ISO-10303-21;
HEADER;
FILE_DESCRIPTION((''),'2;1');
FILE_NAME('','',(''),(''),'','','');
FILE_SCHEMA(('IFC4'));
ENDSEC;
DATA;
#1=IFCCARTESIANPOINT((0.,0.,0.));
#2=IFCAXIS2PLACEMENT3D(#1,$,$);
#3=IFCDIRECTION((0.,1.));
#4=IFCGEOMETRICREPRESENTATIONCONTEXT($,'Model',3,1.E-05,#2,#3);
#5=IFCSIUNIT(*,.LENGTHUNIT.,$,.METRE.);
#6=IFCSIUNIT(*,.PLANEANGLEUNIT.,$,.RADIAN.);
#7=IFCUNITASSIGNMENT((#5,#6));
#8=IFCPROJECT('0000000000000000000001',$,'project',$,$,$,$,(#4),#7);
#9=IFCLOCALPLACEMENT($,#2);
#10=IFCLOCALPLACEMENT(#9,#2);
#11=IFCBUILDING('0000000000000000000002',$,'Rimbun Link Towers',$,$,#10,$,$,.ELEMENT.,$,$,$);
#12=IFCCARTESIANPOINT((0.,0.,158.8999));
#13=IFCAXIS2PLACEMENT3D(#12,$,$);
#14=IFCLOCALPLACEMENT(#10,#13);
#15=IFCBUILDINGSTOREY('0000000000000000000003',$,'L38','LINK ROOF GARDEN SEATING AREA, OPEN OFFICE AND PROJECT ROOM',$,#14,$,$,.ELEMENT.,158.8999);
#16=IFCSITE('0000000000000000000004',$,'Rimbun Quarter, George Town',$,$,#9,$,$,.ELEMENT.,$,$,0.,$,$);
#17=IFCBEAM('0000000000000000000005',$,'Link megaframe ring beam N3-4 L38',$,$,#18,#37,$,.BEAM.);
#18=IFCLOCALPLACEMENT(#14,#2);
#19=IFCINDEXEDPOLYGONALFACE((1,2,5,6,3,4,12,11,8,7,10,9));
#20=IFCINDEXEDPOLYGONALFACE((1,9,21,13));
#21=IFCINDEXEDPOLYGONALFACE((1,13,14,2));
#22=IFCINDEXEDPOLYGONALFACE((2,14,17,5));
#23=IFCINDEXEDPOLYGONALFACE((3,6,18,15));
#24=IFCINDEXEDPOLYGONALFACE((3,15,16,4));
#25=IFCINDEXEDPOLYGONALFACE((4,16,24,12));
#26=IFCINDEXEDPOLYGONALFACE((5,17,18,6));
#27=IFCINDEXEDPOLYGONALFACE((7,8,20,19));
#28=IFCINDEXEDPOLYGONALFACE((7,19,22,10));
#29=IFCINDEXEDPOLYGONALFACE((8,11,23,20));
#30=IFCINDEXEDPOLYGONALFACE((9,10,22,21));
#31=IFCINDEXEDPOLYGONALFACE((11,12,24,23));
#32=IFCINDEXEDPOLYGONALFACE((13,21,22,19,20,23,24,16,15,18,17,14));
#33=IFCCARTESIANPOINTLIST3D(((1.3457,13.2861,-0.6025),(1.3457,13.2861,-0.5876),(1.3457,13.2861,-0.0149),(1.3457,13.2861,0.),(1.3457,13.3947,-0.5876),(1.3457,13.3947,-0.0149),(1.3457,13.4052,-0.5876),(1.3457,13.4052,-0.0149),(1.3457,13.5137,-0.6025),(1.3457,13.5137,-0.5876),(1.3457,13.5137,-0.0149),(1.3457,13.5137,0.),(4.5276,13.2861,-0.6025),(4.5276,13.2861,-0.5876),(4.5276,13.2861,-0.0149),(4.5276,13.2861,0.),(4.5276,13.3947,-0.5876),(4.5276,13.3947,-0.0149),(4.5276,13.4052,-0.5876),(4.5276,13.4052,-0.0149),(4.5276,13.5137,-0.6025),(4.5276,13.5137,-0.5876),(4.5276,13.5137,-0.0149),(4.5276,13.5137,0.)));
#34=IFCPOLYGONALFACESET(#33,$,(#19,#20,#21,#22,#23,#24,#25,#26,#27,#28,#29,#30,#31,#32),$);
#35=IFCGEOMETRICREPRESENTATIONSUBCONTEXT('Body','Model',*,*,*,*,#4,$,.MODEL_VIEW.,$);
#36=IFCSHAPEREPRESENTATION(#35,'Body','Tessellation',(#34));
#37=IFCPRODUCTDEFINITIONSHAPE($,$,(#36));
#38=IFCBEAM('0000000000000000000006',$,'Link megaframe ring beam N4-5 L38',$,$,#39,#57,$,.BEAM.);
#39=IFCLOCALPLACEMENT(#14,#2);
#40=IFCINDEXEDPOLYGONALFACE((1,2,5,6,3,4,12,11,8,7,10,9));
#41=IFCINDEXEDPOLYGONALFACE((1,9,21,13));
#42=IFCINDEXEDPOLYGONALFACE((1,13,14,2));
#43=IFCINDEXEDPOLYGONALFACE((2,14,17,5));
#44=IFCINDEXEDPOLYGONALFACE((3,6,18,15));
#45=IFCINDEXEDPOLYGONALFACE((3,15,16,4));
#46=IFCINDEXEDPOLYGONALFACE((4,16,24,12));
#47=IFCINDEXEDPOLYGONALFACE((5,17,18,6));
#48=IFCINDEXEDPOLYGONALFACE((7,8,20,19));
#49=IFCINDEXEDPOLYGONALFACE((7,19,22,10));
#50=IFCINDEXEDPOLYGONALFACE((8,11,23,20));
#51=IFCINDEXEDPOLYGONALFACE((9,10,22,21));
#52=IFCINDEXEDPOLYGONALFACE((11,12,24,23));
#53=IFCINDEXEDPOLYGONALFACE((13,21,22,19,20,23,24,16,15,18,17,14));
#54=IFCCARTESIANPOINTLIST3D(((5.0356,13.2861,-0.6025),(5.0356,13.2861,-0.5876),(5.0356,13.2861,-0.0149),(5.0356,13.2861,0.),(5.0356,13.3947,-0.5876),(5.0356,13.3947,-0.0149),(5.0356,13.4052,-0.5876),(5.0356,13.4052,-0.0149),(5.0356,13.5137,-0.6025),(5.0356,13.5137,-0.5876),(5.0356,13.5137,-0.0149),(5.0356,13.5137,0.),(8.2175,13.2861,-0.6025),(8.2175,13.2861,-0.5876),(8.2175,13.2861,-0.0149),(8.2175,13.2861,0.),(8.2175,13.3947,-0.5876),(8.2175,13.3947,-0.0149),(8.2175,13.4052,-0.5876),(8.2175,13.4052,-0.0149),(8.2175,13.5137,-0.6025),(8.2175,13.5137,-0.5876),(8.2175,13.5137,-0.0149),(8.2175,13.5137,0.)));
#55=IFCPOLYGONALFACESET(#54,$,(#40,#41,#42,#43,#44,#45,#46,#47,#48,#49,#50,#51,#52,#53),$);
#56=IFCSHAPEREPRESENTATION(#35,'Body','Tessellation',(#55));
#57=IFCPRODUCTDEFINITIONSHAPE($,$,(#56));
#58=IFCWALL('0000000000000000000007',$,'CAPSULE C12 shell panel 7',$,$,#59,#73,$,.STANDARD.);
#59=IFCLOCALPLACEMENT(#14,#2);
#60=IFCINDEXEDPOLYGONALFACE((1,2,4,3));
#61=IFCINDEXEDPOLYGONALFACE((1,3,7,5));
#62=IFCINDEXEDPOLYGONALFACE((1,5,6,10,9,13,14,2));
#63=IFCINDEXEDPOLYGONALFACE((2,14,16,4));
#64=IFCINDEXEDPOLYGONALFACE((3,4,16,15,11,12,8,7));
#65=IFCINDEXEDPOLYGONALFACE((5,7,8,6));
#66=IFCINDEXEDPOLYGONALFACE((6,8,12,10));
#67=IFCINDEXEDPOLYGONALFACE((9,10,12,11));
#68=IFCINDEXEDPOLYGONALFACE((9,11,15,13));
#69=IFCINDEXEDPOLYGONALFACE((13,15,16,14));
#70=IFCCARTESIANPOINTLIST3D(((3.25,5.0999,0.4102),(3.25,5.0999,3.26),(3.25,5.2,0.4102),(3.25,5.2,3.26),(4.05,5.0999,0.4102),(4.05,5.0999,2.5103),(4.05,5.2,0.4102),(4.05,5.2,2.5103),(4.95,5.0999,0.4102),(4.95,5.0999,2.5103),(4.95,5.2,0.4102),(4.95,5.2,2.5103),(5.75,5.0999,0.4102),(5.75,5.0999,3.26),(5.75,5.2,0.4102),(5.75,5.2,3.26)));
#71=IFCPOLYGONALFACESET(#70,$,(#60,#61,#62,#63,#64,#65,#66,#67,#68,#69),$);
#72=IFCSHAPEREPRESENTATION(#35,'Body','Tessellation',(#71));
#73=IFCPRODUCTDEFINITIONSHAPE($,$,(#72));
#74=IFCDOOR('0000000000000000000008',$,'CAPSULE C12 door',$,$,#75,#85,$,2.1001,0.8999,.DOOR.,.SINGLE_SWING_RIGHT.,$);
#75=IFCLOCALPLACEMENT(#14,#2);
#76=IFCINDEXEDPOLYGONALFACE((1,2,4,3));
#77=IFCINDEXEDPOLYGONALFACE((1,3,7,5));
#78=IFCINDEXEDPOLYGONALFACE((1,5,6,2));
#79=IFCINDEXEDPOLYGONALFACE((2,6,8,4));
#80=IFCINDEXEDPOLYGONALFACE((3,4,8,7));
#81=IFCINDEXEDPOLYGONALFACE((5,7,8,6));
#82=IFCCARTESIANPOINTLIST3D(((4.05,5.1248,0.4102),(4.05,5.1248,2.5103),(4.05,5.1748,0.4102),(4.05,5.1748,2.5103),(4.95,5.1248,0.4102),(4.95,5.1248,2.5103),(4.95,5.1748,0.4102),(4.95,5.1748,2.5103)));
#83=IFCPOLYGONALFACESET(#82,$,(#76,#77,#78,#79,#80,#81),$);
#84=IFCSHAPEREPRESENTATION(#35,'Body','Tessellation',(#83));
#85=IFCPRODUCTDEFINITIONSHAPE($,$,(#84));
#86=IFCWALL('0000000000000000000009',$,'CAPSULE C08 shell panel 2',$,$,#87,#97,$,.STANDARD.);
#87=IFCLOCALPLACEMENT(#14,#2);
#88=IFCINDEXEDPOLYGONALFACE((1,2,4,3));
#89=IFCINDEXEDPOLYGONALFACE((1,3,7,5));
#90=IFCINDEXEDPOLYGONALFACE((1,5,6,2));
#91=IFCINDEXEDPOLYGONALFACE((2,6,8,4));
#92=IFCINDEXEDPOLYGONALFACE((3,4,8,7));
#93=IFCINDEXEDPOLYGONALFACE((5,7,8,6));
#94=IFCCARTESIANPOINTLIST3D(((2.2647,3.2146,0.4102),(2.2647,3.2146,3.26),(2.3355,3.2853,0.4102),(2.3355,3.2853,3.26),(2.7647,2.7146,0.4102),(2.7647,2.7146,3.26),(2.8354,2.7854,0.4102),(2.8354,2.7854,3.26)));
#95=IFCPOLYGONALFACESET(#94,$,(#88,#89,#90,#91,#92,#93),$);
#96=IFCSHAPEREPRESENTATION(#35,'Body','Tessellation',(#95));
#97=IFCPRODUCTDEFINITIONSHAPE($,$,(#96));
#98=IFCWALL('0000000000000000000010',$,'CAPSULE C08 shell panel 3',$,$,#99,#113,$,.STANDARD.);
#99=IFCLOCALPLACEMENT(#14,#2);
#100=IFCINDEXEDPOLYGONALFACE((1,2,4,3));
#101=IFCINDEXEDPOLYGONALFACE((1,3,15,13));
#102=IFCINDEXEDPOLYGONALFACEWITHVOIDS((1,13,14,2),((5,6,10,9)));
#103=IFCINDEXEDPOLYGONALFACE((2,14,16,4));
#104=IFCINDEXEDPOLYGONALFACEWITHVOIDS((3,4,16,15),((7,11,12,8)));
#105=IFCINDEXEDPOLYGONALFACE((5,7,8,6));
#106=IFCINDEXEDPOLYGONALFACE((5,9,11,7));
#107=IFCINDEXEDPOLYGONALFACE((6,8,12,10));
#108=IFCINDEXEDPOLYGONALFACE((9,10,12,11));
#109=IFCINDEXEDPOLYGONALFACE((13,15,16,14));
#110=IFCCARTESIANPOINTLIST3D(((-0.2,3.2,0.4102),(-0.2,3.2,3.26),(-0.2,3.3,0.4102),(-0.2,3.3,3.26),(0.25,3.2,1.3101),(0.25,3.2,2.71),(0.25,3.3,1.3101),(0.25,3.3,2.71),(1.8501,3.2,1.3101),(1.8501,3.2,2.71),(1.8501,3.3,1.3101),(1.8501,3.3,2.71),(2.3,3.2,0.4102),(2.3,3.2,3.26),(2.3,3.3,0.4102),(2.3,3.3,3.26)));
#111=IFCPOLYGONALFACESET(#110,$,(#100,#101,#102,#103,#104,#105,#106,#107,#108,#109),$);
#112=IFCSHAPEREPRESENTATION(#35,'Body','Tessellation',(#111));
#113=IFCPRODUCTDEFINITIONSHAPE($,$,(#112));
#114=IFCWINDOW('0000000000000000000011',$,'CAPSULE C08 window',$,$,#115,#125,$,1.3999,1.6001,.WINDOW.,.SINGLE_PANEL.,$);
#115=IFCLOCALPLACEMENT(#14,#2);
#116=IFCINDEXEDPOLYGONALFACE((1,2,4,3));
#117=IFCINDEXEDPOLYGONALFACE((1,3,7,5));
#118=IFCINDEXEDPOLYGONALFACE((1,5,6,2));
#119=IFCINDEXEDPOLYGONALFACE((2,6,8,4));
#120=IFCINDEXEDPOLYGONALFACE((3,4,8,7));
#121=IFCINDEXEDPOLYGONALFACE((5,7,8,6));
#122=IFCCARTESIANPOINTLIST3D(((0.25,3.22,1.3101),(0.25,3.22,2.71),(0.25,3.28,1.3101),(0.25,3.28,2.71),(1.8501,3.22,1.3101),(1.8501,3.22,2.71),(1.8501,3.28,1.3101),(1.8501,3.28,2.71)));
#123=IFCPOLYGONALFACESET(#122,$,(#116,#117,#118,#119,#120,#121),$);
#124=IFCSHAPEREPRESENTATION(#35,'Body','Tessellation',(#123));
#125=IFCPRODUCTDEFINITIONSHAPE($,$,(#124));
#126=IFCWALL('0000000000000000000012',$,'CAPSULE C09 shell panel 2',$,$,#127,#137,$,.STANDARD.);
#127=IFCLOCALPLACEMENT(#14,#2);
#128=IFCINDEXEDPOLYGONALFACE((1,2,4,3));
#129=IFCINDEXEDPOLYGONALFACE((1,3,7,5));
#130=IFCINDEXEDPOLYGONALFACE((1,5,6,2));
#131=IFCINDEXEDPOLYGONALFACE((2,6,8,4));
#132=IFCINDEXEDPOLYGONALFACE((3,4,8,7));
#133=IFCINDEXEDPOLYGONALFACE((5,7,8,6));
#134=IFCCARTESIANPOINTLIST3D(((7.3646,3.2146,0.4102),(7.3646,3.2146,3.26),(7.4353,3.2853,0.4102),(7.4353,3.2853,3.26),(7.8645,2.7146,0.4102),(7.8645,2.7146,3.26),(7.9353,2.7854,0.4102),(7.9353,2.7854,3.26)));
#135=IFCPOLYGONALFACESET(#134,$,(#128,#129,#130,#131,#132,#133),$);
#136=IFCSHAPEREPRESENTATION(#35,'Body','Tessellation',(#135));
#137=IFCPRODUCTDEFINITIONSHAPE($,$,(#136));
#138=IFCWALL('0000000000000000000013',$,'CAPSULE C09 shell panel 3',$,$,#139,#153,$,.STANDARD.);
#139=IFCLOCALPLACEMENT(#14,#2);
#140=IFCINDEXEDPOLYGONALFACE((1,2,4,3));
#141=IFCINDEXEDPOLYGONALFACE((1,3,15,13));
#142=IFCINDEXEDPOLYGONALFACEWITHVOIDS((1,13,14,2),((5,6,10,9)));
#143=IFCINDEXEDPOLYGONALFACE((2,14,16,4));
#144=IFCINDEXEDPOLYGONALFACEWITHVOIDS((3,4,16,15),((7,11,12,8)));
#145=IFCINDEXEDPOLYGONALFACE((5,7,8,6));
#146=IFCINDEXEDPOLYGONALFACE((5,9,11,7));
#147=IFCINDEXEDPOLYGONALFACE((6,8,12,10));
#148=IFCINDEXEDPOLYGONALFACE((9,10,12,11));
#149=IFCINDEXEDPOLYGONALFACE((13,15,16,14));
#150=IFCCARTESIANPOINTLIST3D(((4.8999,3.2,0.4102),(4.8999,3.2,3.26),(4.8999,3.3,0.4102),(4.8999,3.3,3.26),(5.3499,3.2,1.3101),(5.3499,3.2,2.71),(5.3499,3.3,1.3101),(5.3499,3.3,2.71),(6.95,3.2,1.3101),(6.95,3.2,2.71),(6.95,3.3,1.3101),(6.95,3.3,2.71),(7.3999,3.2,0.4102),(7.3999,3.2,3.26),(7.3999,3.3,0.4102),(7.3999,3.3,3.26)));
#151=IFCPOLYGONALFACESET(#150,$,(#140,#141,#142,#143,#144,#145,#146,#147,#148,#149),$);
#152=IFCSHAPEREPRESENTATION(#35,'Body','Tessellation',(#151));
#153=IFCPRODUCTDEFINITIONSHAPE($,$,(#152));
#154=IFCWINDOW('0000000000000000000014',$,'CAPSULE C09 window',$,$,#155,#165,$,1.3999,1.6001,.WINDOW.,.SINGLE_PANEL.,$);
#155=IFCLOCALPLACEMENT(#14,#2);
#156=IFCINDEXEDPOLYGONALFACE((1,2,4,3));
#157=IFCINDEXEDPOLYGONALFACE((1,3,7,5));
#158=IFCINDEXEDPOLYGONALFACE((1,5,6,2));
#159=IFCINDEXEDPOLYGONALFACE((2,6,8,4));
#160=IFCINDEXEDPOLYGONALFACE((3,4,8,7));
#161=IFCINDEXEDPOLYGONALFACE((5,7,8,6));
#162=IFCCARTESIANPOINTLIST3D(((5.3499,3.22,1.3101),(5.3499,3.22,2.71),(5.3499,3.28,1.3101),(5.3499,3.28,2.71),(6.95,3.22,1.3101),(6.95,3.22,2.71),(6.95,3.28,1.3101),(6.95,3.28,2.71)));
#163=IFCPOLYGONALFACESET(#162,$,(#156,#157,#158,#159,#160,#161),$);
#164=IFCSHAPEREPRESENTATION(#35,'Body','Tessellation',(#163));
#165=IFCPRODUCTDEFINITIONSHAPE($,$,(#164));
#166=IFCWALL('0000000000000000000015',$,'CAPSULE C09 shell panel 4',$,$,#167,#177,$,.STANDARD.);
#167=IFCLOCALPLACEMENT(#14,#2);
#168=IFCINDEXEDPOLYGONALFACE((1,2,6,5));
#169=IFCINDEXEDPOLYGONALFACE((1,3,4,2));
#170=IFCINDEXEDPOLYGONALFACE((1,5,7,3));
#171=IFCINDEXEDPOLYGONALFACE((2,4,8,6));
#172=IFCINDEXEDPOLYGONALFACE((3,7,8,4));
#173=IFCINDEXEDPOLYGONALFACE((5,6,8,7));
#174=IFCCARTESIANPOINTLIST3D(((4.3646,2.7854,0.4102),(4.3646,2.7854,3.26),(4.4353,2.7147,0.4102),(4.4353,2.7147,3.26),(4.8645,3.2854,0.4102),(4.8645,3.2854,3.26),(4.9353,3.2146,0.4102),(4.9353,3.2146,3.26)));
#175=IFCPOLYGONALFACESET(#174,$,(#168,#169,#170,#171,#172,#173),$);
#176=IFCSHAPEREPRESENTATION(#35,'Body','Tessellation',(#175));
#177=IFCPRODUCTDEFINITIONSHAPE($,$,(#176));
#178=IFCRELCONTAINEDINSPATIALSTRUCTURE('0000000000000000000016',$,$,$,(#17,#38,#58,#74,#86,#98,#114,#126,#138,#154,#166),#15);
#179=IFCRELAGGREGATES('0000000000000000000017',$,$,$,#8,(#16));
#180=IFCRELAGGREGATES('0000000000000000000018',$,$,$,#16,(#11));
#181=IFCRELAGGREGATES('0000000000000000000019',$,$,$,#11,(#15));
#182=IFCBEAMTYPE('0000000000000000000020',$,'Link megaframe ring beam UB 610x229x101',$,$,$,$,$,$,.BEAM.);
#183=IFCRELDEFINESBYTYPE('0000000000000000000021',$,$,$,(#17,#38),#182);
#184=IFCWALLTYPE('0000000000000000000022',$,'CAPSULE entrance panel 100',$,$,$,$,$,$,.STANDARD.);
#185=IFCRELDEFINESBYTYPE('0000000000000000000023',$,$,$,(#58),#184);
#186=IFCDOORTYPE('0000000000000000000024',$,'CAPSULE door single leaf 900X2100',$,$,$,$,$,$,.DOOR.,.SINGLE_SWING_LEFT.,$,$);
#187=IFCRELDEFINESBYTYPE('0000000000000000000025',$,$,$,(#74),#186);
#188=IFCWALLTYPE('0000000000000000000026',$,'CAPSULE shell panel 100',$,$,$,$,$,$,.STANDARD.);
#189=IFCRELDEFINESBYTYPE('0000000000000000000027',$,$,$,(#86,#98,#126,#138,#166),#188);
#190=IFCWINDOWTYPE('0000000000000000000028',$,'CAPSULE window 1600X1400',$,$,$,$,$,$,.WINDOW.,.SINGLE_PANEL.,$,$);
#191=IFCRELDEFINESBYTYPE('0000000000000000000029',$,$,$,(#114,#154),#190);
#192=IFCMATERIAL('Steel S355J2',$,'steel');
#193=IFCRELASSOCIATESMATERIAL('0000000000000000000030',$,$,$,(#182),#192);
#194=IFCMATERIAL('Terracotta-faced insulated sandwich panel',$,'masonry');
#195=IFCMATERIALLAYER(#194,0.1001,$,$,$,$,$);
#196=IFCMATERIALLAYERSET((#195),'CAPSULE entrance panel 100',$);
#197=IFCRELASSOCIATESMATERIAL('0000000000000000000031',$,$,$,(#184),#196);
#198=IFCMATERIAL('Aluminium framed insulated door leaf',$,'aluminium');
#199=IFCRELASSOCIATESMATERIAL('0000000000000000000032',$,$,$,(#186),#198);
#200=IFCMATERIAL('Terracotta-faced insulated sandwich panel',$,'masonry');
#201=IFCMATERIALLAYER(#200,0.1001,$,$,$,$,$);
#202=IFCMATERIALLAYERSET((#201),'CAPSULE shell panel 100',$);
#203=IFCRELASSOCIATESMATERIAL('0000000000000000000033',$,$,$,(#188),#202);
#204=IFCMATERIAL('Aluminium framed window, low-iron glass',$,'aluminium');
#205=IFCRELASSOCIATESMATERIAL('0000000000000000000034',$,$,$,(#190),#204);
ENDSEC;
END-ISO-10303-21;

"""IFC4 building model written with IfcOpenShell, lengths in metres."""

from ifc_helpers import new_model, si_unit, direction, frame, frame_2d, origin, origin_2d, place, context, subcontext, project, spatial, rectangle, i_section, extrude, material, layer, layer_set, material_profile, profile_set, type_object, element, fill, save


model = new_model("IFC4")

# Units and contexts
model_context = context("Model", 3, precision=1e-05, world=origin(), true_north=direction((0.0, 1.0)))
body_context = subcontext(model_context, "Body", "Model", "MODEL_VIEW")
ifc_project = project(units=[si_unit("LENGTHUNIT", "METRE"), si_unit("PLANEANGLEUNIT", "RADIAN")], contexts=[model_context])

# Site, building, storey
site_placement = place(None, origin())
site = spatial("IfcSite", under=ifc_project, at=site_placement, Name="Rimbun Quarter, George Town", CompositionType="ELEMENT", RefElevation=0.0)
building_placement = place(site_placement, origin())
building = spatial("IfcBuilding", under=site, at=building_placement, Name="Rimbun Link Towers", CompositionType="ELEMENT")
storey_placement = place(building_placement, frame((0.0, 0.0, 158.8999)))
storey = spatial("IfcBuildingStorey", under=building, at=storey_placement, Name="L38", Description="LINK ROOF GARDEN SEATING AREA, OPEN OFFICE AND PROJECT ROOM", CompositionType="ELEMENT", Elevation=158.8999)

# Beams
ifc_material_1 = material(Name="Steel S355J2", Category="steel")
ifc_material_profile = material_profile(ifc_material_1, i_section(OverallWidth=0.2275, OverallDepth=0.6025, WebThickness=0.0105, FlangeThickness=0.0149, at=origin_2d()), Name="UB 610x229x101")
ifc_profile_set = profile_set([ifc_material_profile], Name="Steel S355J2")
beam_type = type_object("IfcBeamType", Name="Link megaframe ring beam UB 610x229x101", PredefinedType="BEAM", material=ifc_profile_set)
for number, where, z_axis, x_axis, name in (
    (1, (1.3457, 13.3999, -0.3013), (1.0, 0.0, 0.0), (0.0, 1.0, 0.0), "Link megaframe ring beam N3-4 L38"),
    (2, (5.0356, 13.3999, -0.3013), (1.0, 0.0, 0.0), (0.0, 1.0, 0.0), "Link megaframe ring beam N4-5 L38"),
):
    element("IfcBeam", number, at=place(storey_placement, frame(where, z_axis=z_axis, x_axis=x_axis)), inside=storey, type_object=beam_type, Name=name, PredefinedType="BEAM", context=body_context, shape_type="SweptSolid", body=[
        extrude(i_section(OverallWidth=0.2275, OverallDepth=0.6025, WebThickness=0.0105, FlangeThickness=0.0149, at=origin_2d()), origin(), (0.0, 0.0, 1.0), 3.1819),
    ])

# Wall, opening, door
ifc_material_2 = material(Name="Terracotta-faced insulated sandwich panel", Category="masonry")
ifc_layer_1 = layer(ifc_material_2, 0.1001)
ifc_layer_set_1 = layer_set([ifc_layer_1], Name="CAPSULE entrance panel 100")
wall_type_1 = type_object("IfcWallType", Name="CAPSULE entrance panel 100", PredefinedType="STANDARD", material=ifc_layer_set_1)
wall_1_placement = place(storey_placement, frame((3.25, 5.1499, 0.4102), z_axis=(0.0, 0.0, 1.0), x_axis=(1.0, 0.0, 0.0)))
wall_1 = element("IfcWall", 3, at=wall_1_placement, inside=storey, type_object=wall_type_1, Name="CAPSULE C12 shell panel 7", PredefinedType="STANDARD", context=body_context, shape_type="SweptSolid", body=[
    extrude(rectangle(XDim=2.5, YDim=0.1001, at=frame_2d((1.25, 0.0))), origin(), (0.0, 0.0, 1.0), 2.8499),
])
opening_1_placement = place(wall_1_placement, frame((0.8, 0.0, 0.0)))
opening_1 = element("IfcOpeningElement", 4, at=opening_1_placement, cuts=wall_1, PredefinedType="OPENING", context=body_context, shape_type="SweptSolid", body=[
    extrude(rectangle(XDim=0.8999, YDim=2.1001, at=frame_2d((0.45, 1.05))), frame((0.0, 0.0601, 0.0), z_axis=(0.0, -1.0, 0.0), x_axis=(1.0, 0.0, 0.0)), (0.0, 0.0, 1.0), 0.1201),
])
ifc_material_3 = material(Name="Aluminium framed insulated door leaf", Category="aluminium")
door_type = type_object("IfcDoorType", Name="CAPSULE door single leaf 900X2100", OperationType="SINGLE_SWING_LEFT", PredefinedType="DOOR", material=ifc_material_3)
door_placement = place(opening_1_placement, origin())
door = element("IfcDoor", 5, at=door_placement, inside=storey, type_object=door_type, Name="CAPSULE C12 door", OperationType="SINGLE_SWING_RIGHT", OverallHeight=2.1001, OverallWidth=0.8999, PredefinedType="DOOR", context=body_context, shape_type="SweptSolid", body=[
    extrude(rectangle(XDim=0.8999, YDim=2.1001, at=frame_2d((0.45, 1.05))), frame((0.0, 0.0249, 0.0), z_axis=(0.0, -1.0, 0.0), x_axis=(1.0, 0.0, 0.0)), (0.0, 0.0, 1.0), 0.05),
])
fill(opening_1, door)

# Wall
ifc_material_4 = material(Name="Terracotta-faced insulated sandwich panel", Category="masonry")
ifc_layer_2 = layer(ifc_material_4, 0.1001)
ifc_layer_set_2 = layer_set([ifc_layer_2], Name="CAPSULE shell panel 100")
wall_type_2 = type_object("IfcWallType", Name="CAPSULE shell panel 100", PredefinedType="STANDARD", material=ifc_layer_set_2)
wall_2_placement = place(storey_placement, frame((2.8, 2.75, 0.4102), z_axis=(0.0, 0.0, 1.0), x_axis=(-0.707107, 0.707107, 0.0)))
element("IfcWall", 6, at=wall_2_placement, inside=storey, type_object=wall_type_2, Name="CAPSULE C08 shell panel 2", PredefinedType="STANDARD", context=body_context, shape_type="SweptSolid", body=[
    extrude(rectangle(XDim=0.707, YDim=0.1001, at=frame_2d((0.3535, 0.0))), origin(), (0.0, 0.0, 1.0), 2.8499),
])

# Wall, opening, window
wall_3_placement = place(storey_placement, frame((2.3, 3.25, 0.4102), z_axis=(0.0, 0.0, 1.0), x_axis=(-1.0, 0.0, 0.0)))
wall_3 = element("IfcWall", 7, at=wall_3_placement, inside=storey, type_object=wall_type_2, Name="CAPSULE C08 shell panel 3", PredefinedType="STANDARD", context=body_context, shape_type="SweptSolid", body=[
    extrude(rectangle(XDim=2.5, YDim=0.1001, at=frame_2d((1.25, 0.0))), origin(), (0.0, 0.0, 1.0), 2.8499),
])
opening_2_placement = place(wall_3_placement, frame((0.45, 0.0, 0.8999)))
opening_2 = element("IfcOpeningElement", 8, at=opening_2_placement, cuts=wall_3, PredefinedType="OPENING", context=body_context, shape_type="SweptSolid", body=[
    extrude(rectangle(XDim=1.6001, YDim=1.3999, at=frame_2d((0.8, 0.7))), frame((0.0, 0.0601, 0.0), z_axis=(0.0, -1.0, 0.0), x_axis=(1.0, 0.0, 0.0)), (0.0, 0.0, 1.0), 0.1201),
])
ifc_material_5 = material(Name="Aluminium framed window, low-iron glass", Category="aluminium")
window_type = type_object("IfcWindowType", Name="CAPSULE window 1600X1400", PartitioningType="SINGLE_PANEL", PredefinedType="WINDOW", material=ifc_material_5)
window_1_placement = place(opening_2_placement, origin())
window_1 = element("IfcWindow", 9, at=window_1_placement, inside=storey, type_object=window_type, Name="CAPSULE C08 window", OverallHeight=1.3999, OverallWidth=1.6001, PartitioningType="SINGLE_PANEL", PredefinedType="WINDOW", context=body_context, shape_type="SweptSolid", body=[
    extrude(rectangle(XDim=1.6001, YDim=1.3999, at=frame_2d((0.8, 0.7))), frame((0.0, 0.03, 0.0), z_axis=(0.0, -1.0, 0.0), x_axis=(1.0, 0.0, 0.0)), (0.0, 0.0, 1.0), 0.0601),
])
fill(opening_2, window_1)

# Wall
wall_4_placement = place(storey_placement, frame((7.8999, 2.75, 0.4102), z_axis=(0.0, 0.0, 1.0), x_axis=(-0.707107, 0.707107, 0.0)))
element("IfcWall", 10, at=wall_4_placement, inside=storey, type_object=wall_type_2, Name="CAPSULE C09 shell panel 2", PredefinedType="STANDARD", context=body_context, shape_type="SweptSolid", body=[
    extrude(rectangle(XDim=0.707, YDim=0.1001, at=frame_2d((0.3535, 0.0))), origin(), (0.0, 0.0, 1.0), 2.8499),
])

# Wall, opening, window
wall_5_placement = place(storey_placement, frame((7.3999, 3.25, 0.4102), z_axis=(0.0, 0.0, 1.0), x_axis=(-1.0, 0.0, 0.0)))
wall_5 = element("IfcWall", 11, at=wall_5_placement, inside=storey, type_object=wall_type_2, Name="CAPSULE C09 shell panel 3", PredefinedType="STANDARD", context=body_context, shape_type="SweptSolid", body=[
    extrude(rectangle(XDim=2.5, YDim=0.1001, at=frame_2d((1.25, 0.0))), origin(), (0.0, 0.0, 1.0), 2.8499),
])
opening_3_placement = place(wall_5_placement, frame((0.45, 0.0, 0.8999)))
opening_3 = element("IfcOpeningElement", 12, at=opening_3_placement, cuts=wall_5, PredefinedType="OPENING", context=body_context, shape_type="SweptSolid", body=[
    extrude(rectangle(XDim=1.6001, YDim=1.3999, at=frame_2d((0.8, 0.7))), frame((0.0, 0.0601, 0.0), z_axis=(0.0, -1.0, 0.0), x_axis=(1.0, 0.0, 0.0)), (0.0, 0.0, 1.0), 0.1201),
])
window_2_placement = place(opening_3_placement, origin())
window_2 = element("IfcWindow", 13, at=window_2_placement, inside=storey, type_object=window_type, Name="CAPSULE C09 window", OverallHeight=1.3999, OverallWidth=1.6001, PartitioningType="SINGLE_PANEL", PredefinedType="WINDOW", context=body_context, shape_type="SweptSolid", body=[
    extrude(rectangle(XDim=1.6001, YDim=1.3999, at=frame_2d((0.8, 0.7))), frame((0.0, 0.03, 0.0), z_axis=(0.0, -1.0, 0.0), x_axis=(1.0, 0.0, 0.0)), (0.0, 0.0, 1.0), 0.0601),
])
fill(opening_3, window_2)

# Wall
wall_6_placement = place(storey_placement, frame((4.8999, 3.25, 0.4102), z_axis=(0.0, 0.0, 1.0), x_axis=(-0.707107, -0.707107, 0.0)))
element("IfcWall", 14, at=wall_6_placement, inside=storey, type_object=wall_type_2, Name="CAPSULE C09 shell panel 4", PredefinedType="STANDARD", context=body_context, shape_type="SweptSolid", body=[
    extrude(rectangle(XDim=0.707, YDim=0.1001, at=frame_2d((0.3535, 0.0))), origin(), (0.0, 0.0, 1.0), 2.8499),
])

save(model, "model.ifc")
